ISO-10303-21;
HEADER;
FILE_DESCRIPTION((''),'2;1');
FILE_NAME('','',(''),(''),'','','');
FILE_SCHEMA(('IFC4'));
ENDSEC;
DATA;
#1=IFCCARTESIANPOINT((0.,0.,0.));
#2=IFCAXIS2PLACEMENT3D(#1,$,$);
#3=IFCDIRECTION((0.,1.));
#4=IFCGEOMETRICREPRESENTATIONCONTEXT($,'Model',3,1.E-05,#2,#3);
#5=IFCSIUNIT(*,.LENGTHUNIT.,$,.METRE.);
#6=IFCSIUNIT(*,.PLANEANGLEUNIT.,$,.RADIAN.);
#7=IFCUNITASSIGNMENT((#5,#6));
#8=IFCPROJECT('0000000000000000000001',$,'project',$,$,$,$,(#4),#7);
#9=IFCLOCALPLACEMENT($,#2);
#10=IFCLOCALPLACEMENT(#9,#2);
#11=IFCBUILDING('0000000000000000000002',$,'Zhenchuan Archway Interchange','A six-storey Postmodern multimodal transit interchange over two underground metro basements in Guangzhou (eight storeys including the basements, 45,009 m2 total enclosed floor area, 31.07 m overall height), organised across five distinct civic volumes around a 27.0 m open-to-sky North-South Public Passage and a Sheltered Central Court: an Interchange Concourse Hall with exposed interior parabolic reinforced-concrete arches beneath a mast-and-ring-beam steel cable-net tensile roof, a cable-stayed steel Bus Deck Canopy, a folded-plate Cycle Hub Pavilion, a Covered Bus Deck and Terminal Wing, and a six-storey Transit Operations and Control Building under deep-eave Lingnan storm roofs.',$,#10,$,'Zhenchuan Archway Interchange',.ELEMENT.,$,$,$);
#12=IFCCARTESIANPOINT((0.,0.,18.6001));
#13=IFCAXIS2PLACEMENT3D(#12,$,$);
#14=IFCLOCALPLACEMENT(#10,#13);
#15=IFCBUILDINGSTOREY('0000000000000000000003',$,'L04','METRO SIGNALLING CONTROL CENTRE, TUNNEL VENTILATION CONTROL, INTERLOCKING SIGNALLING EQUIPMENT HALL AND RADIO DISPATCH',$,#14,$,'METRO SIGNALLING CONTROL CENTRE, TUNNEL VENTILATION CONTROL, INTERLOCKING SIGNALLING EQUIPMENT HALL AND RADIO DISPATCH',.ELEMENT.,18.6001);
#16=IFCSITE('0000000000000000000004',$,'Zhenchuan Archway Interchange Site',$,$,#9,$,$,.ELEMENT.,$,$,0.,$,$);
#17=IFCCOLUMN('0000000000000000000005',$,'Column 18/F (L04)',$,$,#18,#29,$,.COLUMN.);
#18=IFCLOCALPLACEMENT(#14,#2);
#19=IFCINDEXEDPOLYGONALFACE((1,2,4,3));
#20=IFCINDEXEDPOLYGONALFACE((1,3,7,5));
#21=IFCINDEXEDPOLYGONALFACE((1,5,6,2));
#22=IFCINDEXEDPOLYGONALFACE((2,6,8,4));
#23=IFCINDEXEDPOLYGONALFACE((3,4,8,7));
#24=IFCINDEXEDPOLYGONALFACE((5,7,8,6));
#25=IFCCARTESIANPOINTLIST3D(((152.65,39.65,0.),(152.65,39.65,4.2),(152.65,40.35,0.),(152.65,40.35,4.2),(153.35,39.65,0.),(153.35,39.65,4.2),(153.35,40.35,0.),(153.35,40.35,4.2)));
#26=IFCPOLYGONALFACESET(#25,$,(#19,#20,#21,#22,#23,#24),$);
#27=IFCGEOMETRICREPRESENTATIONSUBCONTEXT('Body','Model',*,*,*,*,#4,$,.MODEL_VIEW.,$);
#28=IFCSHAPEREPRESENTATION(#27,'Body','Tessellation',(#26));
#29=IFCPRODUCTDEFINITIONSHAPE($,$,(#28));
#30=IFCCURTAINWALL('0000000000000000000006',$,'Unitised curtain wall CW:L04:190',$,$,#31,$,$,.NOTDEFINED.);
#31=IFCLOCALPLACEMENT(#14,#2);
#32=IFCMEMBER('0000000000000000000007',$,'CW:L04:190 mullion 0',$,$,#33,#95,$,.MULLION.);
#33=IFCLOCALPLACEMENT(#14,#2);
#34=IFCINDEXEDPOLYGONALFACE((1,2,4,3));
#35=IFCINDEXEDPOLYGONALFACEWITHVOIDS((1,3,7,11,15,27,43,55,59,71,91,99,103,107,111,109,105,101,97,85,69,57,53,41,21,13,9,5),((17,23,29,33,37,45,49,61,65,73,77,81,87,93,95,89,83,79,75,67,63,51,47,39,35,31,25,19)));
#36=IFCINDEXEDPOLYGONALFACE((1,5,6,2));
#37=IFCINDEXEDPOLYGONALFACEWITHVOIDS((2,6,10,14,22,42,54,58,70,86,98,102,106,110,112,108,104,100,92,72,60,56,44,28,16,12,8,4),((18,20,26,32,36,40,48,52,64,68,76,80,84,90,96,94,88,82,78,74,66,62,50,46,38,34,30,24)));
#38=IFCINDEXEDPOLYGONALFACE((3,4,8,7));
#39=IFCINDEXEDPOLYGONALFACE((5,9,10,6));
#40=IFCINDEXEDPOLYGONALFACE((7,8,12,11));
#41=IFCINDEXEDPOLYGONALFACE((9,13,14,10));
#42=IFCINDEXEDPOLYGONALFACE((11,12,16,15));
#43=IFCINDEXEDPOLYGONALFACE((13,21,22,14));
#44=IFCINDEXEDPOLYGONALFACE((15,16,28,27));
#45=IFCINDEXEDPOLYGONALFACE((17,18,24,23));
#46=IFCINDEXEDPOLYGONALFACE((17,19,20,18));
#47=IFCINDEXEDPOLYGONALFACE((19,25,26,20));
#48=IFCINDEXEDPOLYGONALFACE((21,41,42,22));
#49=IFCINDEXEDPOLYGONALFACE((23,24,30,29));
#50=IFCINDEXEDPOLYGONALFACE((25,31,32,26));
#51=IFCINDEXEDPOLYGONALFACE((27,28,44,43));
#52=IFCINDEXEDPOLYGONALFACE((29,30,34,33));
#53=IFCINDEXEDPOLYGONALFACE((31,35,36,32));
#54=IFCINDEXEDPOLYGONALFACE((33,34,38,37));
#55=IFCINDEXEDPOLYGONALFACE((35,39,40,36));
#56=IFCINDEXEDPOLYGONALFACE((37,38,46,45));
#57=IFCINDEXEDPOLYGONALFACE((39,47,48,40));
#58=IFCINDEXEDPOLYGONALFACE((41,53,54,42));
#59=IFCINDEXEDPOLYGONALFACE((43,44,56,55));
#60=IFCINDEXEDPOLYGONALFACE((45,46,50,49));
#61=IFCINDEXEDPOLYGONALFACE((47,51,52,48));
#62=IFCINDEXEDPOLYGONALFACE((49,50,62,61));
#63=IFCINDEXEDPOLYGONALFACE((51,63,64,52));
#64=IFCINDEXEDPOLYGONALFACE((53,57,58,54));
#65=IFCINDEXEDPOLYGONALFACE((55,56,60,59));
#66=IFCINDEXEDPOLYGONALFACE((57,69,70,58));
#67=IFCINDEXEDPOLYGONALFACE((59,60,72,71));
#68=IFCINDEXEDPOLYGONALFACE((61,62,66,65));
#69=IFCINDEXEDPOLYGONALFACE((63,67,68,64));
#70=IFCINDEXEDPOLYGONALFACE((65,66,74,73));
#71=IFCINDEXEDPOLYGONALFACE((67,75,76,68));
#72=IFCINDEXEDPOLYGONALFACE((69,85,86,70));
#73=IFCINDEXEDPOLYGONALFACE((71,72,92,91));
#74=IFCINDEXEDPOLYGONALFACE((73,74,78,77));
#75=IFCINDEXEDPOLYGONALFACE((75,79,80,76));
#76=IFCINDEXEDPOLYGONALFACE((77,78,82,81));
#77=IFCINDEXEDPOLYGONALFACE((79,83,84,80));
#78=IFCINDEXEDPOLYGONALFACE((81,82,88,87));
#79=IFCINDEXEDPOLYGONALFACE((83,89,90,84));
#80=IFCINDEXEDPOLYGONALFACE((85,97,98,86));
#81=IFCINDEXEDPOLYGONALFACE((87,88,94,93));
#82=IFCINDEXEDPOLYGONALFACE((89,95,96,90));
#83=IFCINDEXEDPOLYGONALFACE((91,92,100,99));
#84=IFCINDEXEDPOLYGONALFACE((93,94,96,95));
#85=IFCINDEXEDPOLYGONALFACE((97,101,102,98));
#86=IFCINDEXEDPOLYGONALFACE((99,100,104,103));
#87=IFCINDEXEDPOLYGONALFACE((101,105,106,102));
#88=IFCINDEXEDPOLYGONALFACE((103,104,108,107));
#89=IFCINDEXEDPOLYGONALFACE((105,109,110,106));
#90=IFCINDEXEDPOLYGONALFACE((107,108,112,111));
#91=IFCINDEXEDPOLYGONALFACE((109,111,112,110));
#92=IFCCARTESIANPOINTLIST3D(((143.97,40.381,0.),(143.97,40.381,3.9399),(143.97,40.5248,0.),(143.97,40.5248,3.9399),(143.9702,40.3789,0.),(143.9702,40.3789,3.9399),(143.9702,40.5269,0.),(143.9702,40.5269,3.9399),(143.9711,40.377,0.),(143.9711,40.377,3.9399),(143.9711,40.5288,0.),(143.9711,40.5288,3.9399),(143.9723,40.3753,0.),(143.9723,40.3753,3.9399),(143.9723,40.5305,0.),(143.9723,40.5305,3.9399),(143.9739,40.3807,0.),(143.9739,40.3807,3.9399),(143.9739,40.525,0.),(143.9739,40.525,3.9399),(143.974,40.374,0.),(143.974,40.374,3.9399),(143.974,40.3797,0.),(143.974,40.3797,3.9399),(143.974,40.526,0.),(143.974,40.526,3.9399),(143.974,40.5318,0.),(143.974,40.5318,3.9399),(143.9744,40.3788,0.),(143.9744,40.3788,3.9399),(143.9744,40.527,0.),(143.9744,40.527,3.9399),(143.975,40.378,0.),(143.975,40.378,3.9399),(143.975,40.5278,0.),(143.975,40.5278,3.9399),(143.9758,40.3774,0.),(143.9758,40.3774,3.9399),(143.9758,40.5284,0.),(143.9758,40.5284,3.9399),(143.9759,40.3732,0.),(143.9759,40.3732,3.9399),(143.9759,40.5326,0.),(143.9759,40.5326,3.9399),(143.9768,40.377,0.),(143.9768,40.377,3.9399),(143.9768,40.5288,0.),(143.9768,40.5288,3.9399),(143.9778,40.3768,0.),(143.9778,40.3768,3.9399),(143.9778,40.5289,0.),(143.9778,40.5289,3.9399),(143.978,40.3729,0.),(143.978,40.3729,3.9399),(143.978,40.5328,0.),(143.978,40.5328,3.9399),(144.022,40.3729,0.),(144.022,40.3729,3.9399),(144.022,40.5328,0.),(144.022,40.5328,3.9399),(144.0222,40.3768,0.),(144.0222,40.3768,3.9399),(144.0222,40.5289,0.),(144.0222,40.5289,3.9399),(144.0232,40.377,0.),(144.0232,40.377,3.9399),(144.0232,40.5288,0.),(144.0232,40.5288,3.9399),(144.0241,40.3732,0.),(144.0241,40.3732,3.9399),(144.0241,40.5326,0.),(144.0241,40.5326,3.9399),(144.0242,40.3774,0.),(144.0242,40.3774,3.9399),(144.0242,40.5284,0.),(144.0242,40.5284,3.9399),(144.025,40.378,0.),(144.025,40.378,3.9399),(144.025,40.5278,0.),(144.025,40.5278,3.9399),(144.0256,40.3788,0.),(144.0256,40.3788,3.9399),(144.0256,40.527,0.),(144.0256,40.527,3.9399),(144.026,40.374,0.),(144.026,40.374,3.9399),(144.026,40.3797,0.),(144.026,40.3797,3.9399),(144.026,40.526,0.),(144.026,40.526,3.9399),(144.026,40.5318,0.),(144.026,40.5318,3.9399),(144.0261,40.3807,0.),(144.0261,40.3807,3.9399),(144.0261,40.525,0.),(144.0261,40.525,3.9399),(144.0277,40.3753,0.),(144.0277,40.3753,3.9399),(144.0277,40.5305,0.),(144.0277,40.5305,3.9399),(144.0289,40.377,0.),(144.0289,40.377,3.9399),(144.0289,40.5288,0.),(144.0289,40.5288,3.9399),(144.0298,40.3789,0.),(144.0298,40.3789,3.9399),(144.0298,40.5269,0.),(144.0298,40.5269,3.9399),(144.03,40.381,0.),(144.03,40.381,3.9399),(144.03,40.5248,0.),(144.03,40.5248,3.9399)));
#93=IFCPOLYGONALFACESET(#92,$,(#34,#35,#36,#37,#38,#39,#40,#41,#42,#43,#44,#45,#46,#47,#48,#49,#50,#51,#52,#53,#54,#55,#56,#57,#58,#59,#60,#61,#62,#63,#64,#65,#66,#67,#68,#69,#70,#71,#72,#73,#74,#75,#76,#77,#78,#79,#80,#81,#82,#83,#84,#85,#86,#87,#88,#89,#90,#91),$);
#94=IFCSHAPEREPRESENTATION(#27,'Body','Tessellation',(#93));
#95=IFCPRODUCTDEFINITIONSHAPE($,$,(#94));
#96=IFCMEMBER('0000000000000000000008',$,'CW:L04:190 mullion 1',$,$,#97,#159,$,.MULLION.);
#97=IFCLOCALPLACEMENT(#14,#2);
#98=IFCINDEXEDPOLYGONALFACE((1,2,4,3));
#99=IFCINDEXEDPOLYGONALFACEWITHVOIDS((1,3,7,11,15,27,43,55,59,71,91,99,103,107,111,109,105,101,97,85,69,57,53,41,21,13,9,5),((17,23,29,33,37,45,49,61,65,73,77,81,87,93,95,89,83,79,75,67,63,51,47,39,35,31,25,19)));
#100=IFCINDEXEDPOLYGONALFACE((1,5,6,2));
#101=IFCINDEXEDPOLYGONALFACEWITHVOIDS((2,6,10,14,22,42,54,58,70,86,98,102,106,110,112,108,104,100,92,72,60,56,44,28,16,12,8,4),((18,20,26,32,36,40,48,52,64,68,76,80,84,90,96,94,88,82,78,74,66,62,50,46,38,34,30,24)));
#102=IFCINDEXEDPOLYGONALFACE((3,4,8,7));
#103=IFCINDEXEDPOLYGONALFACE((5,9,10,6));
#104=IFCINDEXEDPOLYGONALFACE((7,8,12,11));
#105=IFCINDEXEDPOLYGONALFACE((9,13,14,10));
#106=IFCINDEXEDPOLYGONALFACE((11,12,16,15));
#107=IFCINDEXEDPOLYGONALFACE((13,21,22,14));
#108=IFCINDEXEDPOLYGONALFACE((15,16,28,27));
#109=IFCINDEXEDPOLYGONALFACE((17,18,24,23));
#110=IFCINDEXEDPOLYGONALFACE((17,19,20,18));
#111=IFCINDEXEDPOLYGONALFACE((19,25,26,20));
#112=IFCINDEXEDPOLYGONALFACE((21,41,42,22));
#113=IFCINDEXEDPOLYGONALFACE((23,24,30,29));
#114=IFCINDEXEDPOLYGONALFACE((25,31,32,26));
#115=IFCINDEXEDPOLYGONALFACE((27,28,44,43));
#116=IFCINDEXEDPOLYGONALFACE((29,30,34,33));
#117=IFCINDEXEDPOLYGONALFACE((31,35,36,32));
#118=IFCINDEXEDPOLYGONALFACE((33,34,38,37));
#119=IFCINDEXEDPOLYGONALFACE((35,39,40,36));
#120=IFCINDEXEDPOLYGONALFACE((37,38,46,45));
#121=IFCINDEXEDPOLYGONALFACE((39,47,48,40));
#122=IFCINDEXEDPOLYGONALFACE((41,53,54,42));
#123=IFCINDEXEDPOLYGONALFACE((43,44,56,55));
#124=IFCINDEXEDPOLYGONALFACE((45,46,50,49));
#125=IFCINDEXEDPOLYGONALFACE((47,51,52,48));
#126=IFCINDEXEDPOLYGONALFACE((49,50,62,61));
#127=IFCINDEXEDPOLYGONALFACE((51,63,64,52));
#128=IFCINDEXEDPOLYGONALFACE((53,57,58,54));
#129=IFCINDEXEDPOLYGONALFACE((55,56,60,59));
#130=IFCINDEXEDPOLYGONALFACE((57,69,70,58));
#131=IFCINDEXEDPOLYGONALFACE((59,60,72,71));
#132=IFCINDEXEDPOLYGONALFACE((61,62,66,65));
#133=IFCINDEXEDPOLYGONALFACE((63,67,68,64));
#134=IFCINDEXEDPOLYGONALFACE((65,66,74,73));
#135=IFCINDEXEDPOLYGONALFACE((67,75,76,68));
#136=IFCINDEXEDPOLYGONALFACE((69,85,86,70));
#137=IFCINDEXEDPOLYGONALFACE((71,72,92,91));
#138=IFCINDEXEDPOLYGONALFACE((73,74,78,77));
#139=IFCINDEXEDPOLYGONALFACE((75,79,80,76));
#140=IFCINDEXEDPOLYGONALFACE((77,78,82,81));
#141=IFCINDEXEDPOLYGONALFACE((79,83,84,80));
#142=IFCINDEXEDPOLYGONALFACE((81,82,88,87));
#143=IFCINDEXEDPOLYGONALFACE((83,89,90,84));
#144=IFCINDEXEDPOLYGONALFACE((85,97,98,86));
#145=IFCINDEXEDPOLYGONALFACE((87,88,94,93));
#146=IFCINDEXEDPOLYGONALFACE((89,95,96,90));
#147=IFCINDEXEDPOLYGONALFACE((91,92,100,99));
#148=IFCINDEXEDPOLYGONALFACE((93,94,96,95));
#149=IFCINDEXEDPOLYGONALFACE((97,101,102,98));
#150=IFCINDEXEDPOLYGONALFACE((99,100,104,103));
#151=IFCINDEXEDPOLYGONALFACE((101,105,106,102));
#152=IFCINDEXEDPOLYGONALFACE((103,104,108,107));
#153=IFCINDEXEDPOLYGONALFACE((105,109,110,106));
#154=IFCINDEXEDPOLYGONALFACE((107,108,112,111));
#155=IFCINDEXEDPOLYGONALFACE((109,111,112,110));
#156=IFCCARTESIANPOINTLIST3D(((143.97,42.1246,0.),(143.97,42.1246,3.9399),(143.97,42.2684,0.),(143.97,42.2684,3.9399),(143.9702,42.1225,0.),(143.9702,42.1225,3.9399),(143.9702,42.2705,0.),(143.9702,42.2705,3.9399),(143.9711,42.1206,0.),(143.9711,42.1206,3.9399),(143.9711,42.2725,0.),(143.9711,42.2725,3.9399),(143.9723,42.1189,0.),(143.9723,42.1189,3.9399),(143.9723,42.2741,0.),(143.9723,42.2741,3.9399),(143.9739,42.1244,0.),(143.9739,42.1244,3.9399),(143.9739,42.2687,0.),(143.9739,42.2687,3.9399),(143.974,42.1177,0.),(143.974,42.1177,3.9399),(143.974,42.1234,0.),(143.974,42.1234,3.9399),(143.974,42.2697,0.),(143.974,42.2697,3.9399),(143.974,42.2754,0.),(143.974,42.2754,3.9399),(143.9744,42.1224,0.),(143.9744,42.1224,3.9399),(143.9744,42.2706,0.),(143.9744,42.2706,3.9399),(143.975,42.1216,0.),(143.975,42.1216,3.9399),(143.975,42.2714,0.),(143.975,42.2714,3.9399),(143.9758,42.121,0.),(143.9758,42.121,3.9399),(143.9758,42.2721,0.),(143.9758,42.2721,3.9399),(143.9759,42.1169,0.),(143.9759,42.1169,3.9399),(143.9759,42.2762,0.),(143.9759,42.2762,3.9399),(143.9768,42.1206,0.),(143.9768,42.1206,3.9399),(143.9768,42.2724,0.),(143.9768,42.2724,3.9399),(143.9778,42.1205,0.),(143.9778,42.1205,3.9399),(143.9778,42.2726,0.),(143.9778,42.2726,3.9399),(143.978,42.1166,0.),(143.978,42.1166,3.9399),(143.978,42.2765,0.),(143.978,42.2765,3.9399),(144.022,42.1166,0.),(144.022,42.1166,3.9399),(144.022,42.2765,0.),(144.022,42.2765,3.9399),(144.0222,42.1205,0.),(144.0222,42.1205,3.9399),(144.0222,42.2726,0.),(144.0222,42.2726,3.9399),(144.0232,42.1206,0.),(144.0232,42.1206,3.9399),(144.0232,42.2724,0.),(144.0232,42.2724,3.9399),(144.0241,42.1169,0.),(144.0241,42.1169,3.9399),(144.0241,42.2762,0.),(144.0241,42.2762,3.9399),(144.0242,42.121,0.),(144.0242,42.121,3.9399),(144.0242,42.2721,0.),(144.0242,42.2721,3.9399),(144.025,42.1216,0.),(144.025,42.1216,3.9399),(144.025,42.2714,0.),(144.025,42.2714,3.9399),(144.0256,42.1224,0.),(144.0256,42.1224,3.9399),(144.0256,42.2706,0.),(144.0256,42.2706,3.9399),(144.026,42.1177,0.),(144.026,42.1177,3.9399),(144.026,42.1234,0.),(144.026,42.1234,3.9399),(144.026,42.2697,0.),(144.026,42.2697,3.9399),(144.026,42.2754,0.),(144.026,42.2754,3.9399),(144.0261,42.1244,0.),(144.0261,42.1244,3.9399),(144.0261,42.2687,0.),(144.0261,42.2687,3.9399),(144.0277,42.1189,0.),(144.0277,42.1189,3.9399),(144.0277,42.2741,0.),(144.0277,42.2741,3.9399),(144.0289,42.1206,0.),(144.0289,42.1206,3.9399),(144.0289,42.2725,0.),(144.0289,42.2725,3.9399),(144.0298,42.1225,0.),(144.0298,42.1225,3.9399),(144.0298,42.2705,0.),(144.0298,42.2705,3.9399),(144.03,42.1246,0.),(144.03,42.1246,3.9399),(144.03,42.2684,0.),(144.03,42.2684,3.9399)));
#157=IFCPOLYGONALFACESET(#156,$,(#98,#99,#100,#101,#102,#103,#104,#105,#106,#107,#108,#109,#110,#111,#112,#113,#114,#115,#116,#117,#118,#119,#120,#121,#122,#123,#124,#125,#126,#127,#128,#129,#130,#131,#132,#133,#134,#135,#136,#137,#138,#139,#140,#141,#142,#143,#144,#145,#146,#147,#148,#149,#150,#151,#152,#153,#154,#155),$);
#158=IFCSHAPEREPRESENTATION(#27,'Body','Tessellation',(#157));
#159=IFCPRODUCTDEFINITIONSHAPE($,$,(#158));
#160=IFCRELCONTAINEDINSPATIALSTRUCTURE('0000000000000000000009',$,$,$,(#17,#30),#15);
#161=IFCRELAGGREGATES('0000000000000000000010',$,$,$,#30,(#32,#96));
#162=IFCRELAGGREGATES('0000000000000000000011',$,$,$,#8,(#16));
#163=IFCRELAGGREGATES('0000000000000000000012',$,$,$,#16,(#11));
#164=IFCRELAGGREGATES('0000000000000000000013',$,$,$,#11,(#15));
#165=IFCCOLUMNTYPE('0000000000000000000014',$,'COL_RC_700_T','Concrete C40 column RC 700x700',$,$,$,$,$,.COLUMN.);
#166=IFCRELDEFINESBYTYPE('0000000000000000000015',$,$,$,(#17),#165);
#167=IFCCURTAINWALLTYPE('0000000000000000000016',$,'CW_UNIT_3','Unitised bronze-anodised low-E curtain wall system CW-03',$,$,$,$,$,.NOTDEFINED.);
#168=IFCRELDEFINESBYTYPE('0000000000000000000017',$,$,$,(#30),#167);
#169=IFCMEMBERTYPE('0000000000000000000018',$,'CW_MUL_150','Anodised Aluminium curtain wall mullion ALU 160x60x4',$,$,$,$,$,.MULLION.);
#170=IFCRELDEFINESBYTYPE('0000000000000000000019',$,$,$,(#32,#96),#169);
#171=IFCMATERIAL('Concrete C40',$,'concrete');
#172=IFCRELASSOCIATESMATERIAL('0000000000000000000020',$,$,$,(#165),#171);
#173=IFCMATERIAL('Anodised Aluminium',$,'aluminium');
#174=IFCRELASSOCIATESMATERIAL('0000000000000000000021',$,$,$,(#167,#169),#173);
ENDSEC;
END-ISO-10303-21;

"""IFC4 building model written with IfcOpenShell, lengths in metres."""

from ifc_helpers import new_model, si_unit, direction, frame, origin, origin_2d, place, context, subcontext, project, spatial, rectangle, hollow_rectangle, extrude, material, material_profile, profile_set, type_object, element, aggregate, save


model = new_model("IFC4")

# Units and contexts
model_context = context("Model", 3, precision=1e-05, world=origin(), true_north=direction((0.0, 1.0)))
body_context = subcontext(model_context, "Body", "Model", "MODEL_VIEW")
ifc_project = project(units=[si_unit("LENGTHUNIT", "METRE"), si_unit("PLANEANGLEUNIT", "RADIAN")], contexts=[model_context])

# Site, building, storey
site_placement = place(None, origin())
site = spatial("IfcSite", under=ifc_project, at=site_placement, Name="Zhenchuan Archway Interchange Site", CompositionType="ELEMENT", RefElevation=0.0)
building_placement = place(site_placement, origin())
building = spatial("IfcBuilding", under=site, at=building_placement, Name="Zhenchuan Archway Interchange", Description="A six-storey Postmodern multimodal transit interchange over two underground metro basements in Guangzhou (eight storeys including the basements, 45,009 m2 total enclosed floor area, 31.07 m overall height), organised across five distinct civic volumes around a 27.0 m open-to-sky North-South Public Passage and a Sheltered Central Court: an Interchange Concourse Hall with exposed interior parabolic reinforced-concrete arches beneath a mast-and-ring-beam steel cable-net tensile roof, a cable-stayed steel Bus Deck Canopy, a folded-plate Cycle Hub Pavilion, a Covered Bus Deck and Terminal Wing, and a six-storey Transit Operations and Control Building under deep-eave Lingnan storm roofs.", LongName="Zhenchuan Archway Interchange", CompositionType="ELEMENT")
storey_placement = place(building_placement, frame((0.0, 0.0, 18.6001)))
storey = spatial("IfcBuildingStorey", under=building, at=storey_placement, Name="L04", Description="METRO SIGNALLING CONTROL CENTRE, TUNNEL VENTILATION CONTROL, INTERLOCKING SIGNALLING EQUIPMENT HALL AND RADIO DISPATCH", LongName="METRO SIGNALLING CONTROL CENTRE, TUNNEL VENTILATION CONTROL, INTERLOCKING SIGNALLING EQUIPMENT HALL AND RADIO DISPATCH", CompositionType="ELEMENT", Elevation=18.6001)

# Column
ifc_material_1 = material(Name="Concrete C40", Category="concrete")
ifc_material_profile_1 = material_profile(ifc_material_1, rectangle(XDim=0.7, YDim=0.7, at=origin_2d()), Name="RC 700x700")
ifc_profile_set_1 = profile_set([ifc_material_profile_1], Name="Concrete C40")
column_type = type_object("IfcColumnType", Name="COL_RC_700_T", Description="Concrete C40 column RC 700x700", PredefinedType="COLUMN", material=ifc_profile_set_1)
column_placement = place(storey_placement, frame((153.0, 40.0, 0.0), z_axis=(0.0, 0.0, 1.0), x_axis=(1.0, 0.0, 0.0)))
element("IfcColumn", 1, at=column_placement, inside=storey, type_object=column_type, Name="Column 18/F (L04)", PredefinedType="COLUMN", context=body_context, shape_type="SweptSolid", body=[
    extrude(rectangle(XDim=0.7, YDim=0.7, at=origin_2d()), origin(), (0.0, 0.0, 1.0), 4.2),
])

# Curtain wall, members
ifc_material_2 = material(Name="Anodised Aluminium", Category="aluminium")
curtain_wall_type = type_object("IfcCurtainWallType", Name="CW_UNIT_3", Description="Unitised bronze-anodised low-E curtain wall system CW-03", PredefinedType="NOTDEFINED", material=ifc_material_2)
curtain_wall_placement = place(storey_placement, origin())
curtain_wall = element("IfcCurtainWall", 2, at=curtain_wall_placement, inside=storey, type_object=curtain_wall_type, Name="Unitised curtain wall CW:L04:190", PredefinedType="NOTDEFINED")
ifc_material_profile_2 = material_profile(ifc_material_2, hollow_rectangle(XDim=0.0601, YDim=0.1599, WallThickness=0.0039, InnerFilletRadius=0.0039, OuterFilletRadius=0.0081, at=origin_2d()), Name="ALU 160x60x4")
ifc_profile_set_2 = profile_set([ifc_material_profile_2], Name="Anodised Aluminium")
member_type_1 = type_object("IfcMemberType", Name="CW_MUL_150", Description="Anodised Aluminium curtain wall mullion ALU 160x60x4", PredefinedType="MULLION", material=ifc_profile_set_2)
member_1_placement = place(storey_placement, frame((144.0, 40.4529, 0.0), z_axis=(0.0, 0.0, 1.0), x_axis=(1.0, 0.0, 0.0)))
member_1 = element("IfcMember", 3, at=member_1_placement, type_object=member_type_1, Name="CW:L04:190 mullion 0", PredefinedType="MULLION", context=body_context, shape_type="SweptSolid", body=[
    extrude(hollow_rectangle(XDim=0.0601, YDim=0.1599, WallThickness=0.0039, InnerFilletRadius=0.0039, OuterFilletRadius=0.0081, at=origin_2d()), origin(), (0.0, 0.0, 1.0), 3.9399),
])
member_2_placement = place(storey_placement, frame((144.0, 42.1965, 0.0), z_axis=(0.0, 0.0, 1.0), x_axis=(1.0, 0.0, 0.0)))
member_2 = element("IfcMember", 4, at=member_2_placement, type_object=member_type_1, Name="CW:L04:190 mullion 1", PredefinedType="MULLION", context=body_context, shape_type="SweptSolid", body=[
    extrude(hollow_rectangle(XDim=0.0601, YDim=0.1599, WallThickness=0.0039, InnerFilletRadius=0.0039, OuterFilletRadius=0.0081, at=origin_2d()), origin(), (0.0, 0.0, 1.0), 3.9399),
])

aggregate(curtain_wall, [member_1, member_2])

save(model, "model.ifc")
